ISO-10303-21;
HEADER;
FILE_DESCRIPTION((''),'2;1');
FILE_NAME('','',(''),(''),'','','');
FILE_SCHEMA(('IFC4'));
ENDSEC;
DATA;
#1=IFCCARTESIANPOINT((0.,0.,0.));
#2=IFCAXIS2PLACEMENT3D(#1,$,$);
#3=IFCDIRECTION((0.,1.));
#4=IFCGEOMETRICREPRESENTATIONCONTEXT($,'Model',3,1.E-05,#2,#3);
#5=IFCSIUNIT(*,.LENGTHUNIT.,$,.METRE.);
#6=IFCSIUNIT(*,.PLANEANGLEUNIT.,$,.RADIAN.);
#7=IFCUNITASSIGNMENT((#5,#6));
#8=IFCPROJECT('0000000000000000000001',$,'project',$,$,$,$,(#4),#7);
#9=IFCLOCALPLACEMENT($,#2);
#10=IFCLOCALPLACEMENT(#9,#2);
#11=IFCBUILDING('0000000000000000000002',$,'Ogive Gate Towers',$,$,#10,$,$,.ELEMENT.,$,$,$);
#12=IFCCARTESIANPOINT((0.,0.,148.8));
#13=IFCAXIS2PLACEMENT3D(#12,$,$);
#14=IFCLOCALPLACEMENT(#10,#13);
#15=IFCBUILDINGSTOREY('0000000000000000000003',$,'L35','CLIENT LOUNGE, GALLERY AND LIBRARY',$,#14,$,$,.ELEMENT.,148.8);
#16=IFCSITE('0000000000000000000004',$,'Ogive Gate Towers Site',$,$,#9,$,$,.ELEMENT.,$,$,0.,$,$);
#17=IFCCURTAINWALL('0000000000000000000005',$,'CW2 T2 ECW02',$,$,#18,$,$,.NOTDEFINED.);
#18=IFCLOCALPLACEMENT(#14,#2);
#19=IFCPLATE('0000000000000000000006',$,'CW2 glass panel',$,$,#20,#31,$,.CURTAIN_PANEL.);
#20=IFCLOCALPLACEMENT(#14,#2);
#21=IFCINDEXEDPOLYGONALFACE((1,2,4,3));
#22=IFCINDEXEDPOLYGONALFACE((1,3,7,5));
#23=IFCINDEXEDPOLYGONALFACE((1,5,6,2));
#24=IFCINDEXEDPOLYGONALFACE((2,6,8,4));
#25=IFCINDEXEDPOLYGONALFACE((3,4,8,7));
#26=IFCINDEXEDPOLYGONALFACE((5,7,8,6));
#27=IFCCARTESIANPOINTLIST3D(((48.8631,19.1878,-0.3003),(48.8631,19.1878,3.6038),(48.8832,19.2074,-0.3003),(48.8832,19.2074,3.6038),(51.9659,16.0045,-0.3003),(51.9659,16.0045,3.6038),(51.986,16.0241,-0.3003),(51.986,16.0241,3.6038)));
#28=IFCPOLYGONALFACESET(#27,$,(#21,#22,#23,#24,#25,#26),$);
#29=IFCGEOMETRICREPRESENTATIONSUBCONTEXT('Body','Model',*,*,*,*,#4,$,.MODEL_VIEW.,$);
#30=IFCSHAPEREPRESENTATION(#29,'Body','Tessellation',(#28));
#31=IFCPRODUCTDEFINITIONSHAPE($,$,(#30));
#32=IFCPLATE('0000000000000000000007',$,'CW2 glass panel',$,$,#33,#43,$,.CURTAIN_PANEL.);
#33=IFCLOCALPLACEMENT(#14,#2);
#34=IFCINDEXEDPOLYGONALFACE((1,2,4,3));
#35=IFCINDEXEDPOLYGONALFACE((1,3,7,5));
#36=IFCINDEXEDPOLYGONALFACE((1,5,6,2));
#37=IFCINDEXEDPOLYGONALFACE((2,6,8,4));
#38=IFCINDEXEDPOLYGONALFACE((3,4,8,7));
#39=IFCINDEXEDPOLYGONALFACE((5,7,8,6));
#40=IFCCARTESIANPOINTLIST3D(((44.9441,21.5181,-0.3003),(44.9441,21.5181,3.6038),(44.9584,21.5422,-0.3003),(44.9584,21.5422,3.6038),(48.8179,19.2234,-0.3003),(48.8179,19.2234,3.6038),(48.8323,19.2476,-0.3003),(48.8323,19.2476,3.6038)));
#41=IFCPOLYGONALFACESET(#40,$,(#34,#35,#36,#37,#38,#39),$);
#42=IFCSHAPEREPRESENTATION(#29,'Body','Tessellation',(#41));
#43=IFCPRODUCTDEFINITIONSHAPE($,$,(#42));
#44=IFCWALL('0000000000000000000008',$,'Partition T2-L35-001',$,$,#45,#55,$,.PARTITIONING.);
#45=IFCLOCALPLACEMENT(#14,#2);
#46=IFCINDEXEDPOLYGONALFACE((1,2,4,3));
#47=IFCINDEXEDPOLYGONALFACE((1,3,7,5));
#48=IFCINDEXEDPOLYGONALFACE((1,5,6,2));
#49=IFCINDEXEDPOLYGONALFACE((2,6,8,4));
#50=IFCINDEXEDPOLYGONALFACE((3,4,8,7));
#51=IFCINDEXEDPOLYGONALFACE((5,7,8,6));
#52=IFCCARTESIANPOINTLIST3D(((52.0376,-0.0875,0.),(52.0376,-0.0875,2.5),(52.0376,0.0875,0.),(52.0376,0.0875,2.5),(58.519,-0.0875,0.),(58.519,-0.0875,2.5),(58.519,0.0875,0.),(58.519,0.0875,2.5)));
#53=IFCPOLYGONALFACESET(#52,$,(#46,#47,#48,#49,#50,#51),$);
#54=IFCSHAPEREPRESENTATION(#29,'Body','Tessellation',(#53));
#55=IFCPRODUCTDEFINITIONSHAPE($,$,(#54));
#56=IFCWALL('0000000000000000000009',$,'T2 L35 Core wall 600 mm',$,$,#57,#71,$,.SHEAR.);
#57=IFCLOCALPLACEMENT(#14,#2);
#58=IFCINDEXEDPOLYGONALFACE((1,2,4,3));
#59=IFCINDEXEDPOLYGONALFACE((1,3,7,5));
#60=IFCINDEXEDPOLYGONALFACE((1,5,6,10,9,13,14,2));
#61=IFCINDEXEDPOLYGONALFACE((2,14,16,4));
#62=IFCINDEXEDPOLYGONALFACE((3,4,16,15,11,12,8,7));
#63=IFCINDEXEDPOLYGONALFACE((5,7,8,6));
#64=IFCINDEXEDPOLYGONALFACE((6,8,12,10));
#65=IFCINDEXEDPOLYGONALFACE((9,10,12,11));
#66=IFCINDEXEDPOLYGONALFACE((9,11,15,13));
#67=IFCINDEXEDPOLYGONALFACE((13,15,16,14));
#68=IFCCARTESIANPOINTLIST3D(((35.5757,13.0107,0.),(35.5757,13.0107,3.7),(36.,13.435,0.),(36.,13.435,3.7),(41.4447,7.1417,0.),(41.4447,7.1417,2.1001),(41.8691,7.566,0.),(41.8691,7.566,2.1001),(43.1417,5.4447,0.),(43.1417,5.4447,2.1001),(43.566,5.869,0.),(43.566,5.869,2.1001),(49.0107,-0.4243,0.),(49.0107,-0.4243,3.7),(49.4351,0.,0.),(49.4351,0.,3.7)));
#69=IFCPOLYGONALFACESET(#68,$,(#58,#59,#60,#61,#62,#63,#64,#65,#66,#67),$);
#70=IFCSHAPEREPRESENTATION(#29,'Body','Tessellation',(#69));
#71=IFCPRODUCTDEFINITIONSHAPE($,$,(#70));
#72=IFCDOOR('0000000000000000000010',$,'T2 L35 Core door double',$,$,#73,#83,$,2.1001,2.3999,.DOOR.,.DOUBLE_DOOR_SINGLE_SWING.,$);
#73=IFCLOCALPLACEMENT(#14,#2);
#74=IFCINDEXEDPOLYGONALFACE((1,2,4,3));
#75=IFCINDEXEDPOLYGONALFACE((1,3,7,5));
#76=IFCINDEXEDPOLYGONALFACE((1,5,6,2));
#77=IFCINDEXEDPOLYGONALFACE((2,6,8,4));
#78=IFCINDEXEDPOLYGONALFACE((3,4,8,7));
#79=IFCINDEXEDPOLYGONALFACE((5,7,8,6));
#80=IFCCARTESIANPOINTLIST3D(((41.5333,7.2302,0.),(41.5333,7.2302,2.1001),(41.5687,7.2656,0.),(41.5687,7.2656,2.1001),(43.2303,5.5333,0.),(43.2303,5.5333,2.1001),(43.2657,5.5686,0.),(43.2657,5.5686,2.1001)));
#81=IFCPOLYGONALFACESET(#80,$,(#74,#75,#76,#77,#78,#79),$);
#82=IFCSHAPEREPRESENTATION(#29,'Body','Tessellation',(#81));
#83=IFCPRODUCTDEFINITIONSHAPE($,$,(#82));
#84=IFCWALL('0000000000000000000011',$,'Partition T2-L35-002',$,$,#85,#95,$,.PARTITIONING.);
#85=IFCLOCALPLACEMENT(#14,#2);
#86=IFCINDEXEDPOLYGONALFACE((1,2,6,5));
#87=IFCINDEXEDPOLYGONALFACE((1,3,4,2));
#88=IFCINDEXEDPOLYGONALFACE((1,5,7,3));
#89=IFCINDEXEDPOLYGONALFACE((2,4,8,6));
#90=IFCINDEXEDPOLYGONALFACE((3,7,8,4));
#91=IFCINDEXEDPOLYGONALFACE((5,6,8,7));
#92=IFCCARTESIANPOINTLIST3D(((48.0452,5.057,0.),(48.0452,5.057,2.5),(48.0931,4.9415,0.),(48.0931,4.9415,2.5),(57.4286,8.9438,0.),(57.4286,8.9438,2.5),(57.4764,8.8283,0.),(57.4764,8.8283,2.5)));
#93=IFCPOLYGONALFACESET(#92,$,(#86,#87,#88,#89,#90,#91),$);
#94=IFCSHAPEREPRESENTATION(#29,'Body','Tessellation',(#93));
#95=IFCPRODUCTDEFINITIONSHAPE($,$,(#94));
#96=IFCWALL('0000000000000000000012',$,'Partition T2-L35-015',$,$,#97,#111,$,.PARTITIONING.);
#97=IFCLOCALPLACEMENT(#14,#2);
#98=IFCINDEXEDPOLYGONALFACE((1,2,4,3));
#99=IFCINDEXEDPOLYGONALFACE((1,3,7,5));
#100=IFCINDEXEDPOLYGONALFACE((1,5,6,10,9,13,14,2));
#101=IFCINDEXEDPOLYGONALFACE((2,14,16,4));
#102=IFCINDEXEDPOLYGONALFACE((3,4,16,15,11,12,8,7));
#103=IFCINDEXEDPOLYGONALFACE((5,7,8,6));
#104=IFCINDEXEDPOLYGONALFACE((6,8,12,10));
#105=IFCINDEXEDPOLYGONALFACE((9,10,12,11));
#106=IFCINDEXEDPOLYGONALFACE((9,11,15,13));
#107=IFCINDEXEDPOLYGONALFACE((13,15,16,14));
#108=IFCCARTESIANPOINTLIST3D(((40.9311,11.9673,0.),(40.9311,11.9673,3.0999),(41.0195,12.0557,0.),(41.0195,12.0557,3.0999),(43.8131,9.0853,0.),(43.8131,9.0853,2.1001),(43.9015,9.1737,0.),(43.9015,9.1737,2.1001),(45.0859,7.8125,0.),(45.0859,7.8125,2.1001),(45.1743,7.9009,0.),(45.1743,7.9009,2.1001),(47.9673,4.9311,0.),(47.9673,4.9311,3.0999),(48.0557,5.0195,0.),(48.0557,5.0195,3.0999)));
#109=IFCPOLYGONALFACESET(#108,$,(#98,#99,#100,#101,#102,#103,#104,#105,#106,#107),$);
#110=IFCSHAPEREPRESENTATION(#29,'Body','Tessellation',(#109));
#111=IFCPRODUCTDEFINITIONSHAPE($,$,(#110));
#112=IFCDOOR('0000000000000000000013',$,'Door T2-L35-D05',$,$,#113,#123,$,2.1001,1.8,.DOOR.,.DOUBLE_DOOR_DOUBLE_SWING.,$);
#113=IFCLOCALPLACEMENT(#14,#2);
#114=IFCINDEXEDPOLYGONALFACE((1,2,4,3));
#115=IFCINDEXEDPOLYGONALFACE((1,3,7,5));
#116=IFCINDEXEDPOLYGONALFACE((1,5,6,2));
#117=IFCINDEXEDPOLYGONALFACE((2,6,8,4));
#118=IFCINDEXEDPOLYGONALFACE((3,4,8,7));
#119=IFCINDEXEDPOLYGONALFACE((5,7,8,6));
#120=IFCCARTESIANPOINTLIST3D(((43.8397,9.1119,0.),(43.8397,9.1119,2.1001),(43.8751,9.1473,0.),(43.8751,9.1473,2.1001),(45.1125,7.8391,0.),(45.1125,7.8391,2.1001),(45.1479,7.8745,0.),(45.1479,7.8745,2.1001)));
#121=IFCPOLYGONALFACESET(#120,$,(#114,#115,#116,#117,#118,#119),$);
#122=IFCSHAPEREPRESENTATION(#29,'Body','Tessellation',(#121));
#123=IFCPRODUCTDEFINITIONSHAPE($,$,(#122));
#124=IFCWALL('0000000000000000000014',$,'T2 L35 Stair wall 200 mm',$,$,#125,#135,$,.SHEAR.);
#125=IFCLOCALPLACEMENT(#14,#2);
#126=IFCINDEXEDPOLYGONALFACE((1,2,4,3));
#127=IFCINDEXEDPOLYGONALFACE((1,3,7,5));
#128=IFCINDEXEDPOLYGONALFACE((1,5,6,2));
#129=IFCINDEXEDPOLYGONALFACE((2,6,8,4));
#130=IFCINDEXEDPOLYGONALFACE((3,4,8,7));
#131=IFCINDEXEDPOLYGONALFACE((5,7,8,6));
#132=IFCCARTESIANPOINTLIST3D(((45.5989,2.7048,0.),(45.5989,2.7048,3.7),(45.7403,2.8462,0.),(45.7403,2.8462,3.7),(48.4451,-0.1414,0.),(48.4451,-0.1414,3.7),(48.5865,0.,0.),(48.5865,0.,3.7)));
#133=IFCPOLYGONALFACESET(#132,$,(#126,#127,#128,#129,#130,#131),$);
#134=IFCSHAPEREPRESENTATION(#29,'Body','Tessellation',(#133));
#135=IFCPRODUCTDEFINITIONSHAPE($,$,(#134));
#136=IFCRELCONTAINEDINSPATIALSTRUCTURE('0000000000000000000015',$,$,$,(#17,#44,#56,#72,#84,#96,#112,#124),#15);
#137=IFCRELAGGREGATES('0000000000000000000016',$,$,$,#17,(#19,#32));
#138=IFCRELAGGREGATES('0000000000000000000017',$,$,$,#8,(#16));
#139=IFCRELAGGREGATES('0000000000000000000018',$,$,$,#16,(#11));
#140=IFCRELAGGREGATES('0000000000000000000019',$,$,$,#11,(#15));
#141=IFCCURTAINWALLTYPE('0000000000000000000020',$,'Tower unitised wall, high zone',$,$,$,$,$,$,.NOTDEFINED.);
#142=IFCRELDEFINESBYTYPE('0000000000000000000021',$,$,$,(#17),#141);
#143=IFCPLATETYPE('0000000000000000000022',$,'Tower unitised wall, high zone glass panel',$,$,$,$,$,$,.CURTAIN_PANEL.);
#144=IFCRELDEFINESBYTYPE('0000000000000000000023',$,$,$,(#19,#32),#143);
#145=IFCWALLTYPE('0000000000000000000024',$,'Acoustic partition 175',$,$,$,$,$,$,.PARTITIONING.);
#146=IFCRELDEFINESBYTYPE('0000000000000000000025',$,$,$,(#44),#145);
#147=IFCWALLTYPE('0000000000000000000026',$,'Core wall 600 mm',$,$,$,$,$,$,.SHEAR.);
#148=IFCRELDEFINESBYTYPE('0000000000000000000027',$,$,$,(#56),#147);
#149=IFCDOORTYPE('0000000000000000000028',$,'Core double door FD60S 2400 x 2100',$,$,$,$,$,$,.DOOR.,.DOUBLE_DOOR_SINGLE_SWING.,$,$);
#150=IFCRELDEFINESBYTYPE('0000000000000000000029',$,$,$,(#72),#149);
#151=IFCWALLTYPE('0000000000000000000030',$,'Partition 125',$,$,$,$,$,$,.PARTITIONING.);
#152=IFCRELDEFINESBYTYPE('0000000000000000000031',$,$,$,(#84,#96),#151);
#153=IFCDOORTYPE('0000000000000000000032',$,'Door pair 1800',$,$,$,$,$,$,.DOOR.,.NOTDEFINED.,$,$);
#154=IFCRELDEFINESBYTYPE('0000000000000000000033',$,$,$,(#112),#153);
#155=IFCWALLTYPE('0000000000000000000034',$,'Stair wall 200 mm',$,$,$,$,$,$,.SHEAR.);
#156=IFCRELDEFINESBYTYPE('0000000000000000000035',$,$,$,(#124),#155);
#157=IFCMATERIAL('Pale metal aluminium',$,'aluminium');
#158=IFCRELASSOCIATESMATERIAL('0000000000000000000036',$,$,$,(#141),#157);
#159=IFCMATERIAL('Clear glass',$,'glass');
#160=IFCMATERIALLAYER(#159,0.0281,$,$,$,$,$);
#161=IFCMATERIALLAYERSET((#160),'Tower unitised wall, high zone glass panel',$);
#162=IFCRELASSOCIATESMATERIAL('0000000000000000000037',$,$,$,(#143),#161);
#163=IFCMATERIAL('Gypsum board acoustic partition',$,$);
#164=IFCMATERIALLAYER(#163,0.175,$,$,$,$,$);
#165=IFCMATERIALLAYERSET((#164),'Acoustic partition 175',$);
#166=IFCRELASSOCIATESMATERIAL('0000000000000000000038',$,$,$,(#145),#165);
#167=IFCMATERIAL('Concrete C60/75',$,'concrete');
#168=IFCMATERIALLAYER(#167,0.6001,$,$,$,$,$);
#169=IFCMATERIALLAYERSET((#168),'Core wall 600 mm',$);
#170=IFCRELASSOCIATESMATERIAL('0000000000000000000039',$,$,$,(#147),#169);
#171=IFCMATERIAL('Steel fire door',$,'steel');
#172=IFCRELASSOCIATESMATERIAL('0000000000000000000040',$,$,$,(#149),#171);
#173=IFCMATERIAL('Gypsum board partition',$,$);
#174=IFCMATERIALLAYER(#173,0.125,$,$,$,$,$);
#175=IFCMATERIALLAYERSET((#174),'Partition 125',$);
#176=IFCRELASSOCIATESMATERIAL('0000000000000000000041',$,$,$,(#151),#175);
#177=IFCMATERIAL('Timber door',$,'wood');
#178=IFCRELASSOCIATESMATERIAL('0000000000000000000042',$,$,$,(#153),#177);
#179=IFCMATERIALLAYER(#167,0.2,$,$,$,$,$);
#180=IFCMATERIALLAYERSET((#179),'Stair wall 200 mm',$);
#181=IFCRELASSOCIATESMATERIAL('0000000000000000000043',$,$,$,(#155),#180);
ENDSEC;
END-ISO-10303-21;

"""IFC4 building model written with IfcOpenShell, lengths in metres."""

from ifc_helpers import new_model, si_unit, direction, frame, frame_2d, origin, origin_2d, place, context, subcontext, project, spatial, rectangle, extrude, material, layer, layer_set, type_object, element, fill, aggregate, save


model = new_model("IFC4")

# Units and contexts
model_context = context("Model", 3, precision=1e-05, world=origin(), true_north=direction((0.0, 1.0)))
body_context = subcontext(model_context, "Body", "Model", "MODEL_VIEW")
ifc_project = project(units=[si_unit("LENGTHUNIT", "METRE"), si_unit("PLANEANGLEUNIT", "RADIAN")], contexts=[model_context])

# Site, building, storey
site_placement = place(None, origin())
site = spatial("IfcSite", under=ifc_project, at=site_placement, Name="Ogive Gate Towers Site", CompositionType="ELEMENT", RefElevation=0.0)
building_placement = place(site_placement, origin())
building = spatial("IfcBuilding", under=site, at=building_placement, Name="Ogive Gate Towers", CompositionType="ELEMENT")
storey_placement = place(building_placement, frame((0.0, 0.0, 148.8)))
storey = spatial("IfcBuildingStorey", under=building, at=storey_placement, Name="L35", Description="CLIENT LOUNGE, GALLERY AND LIBRARY", CompositionType="ELEMENT", Elevation=148.8)

# Shared definitions
ifc_material_1 = material(Name="Pale metal aluminium", Category="aluminium")
curtain_wall_type = type_object("IfcCurtainWallType", Name="Tower unitised wall, high zone", PredefinedType="NOTDEFINED", material=ifc_material_1)

# Curtain wall
curtain_wall_1_placement = place(storey_placement, origin())
curtain_wall_1 = element("IfcCurtainWall", 1, at=curtain_wall_1_placement, inside=storey, type_object=curtain_wall_type, Name="CW2 T2 ECW02", PredefinedType="NOTDEFINED")

# Plates
ifc_material_2 = material(Name="Clear glass", Category="glass")
ifc_layer_1 = layer(ifc_material_2, 0.0281)
ifc_layer_set_1 = layer_set([ifc_layer_1], Name="Tower unitised wall, high zone glass panel")
plate_type = type_object("IfcPlateType", Name="Tower unitised wall, high zone glass panel", PredefinedType="CURTAIN_PANEL", material=ifc_layer_set_1)
plate_1_placement = place(storey_placement, frame((50.4246, 17.606, -0.3003), z_axis=(0.0, 0.0, 1.0), x_axis=(-0.697978, 0.716119, 0.0)))
plate_1 = element("IfcPlate", 2, at=plate_1_placement, type_object=plate_type, Name="CW2 glass panel", PredefinedType="CURTAIN_PANEL", context=body_context, shape_type="SweptSolid", body=[
    extrude(rectangle(XDim=4.4453, YDim=0.0281, at=origin_2d()), origin(), (0.0, 0.0, 1.0), 3.9041),
])
plate_2_placement = place(storey_placement, frame((46.8882, 20.3828, -0.3003), z_axis=(0.0, 0.0, 1.0), x_axis=(-0.860386, 0.509642, 0.0)))
plate_2 = element("IfcPlate", 3, at=plate_2_placement, type_object=plate_type, Name="CW2 glass panel", PredefinedType="CURTAIN_PANEL", context=body_context, shape_type="SweptSolid", body=[
    extrude(rectangle(XDim=4.5024, YDim=0.0281, at=origin_2d()), origin(), (0.0, 0.0, 1.0), 3.9041),
])
aggregate(curtain_wall_1, [plate_1, plate_2])

# Wall
ifc_material_3 = material(Name="Gypsum board acoustic partition")
ifc_layer_2 = layer(ifc_material_3, 0.175)
ifc_layer_set_2 = layer_set([ifc_layer_2], Name="Acoustic partition 175")
wall_type_1 = type_object("IfcWallType", Name="Acoustic partition 175", PredefinedType="PARTITIONING", material=ifc_layer_set_2)
wall_1_placement = place(storey_placement, frame((58.519, 0.0, 0.0), z_axis=(0.0, 0.0, 1.0), x_axis=(-1.0, 0.0, 0.0)))
element("IfcWall", 4, at=wall_1_placement, inside=storey, type_object=wall_type_1, Name="Partition T2-L35-001", PredefinedType="PARTITIONING", context=body_context, shape_type="SweptSolid", body=[
    extrude(rectangle(XDim=6.4814, YDim=0.175, at=frame_2d((3.2407, 0.0))), origin(), (0.0, 0.0, 1.0), 2.5),
])

# Wall, opening, door
ifc_material_4 = material(Name="Concrete C60/75", Category="concrete")
ifc_layer_3 = layer(ifc_material_4, 0.6001)
ifc_layer_set_3 = layer_set([ifc_layer_3], Name="Core wall 600 mm")
wall_type_2 = type_object("IfcWallType", Name="Core wall 600 mm", PredefinedType="SHEAR", material=ifc_layer_set_3)
wall_2_placement = place(storey_placement, frame((49.2229, -0.2122, 0.0), z_axis=(0.0, 0.0, 1.0), x_axis=(-0.707107, 0.707107, 0.0)))
wall_2 = element("IfcWall", 5, at=wall_2_placement, inside=storey, type_object=wall_type_2, Name="T2 L35 Core wall 600 mm", PredefinedType="SHEAR", context=body_context, shape_type="SweptSolid", body=[
    extrude(rectangle(XDim=19.0, YDim=0.6001, at=frame_2d((9.5, 0.0))), origin(), (0.0, 0.0, 1.0), 3.7),
])
opening_1_placement = place(wall_2_placement, frame((8.3, 0.0, 0.0)))
opening_1 = element("IfcOpeningElement", 6, at=opening_1_placement, cuts=wall_2, PredefinedType="OPENING", context=body_context, shape_type="SweptSolid", body=[
    extrude(rectangle(XDim=2.3999, YDim=2.1001, at=frame_2d((1.2, 1.05))), frame((0.0, 0.3101, 0.0), z_axis=(0.0, -1.0, 0.0), x_axis=(1.0, 0.0, 0.0)), (0.0, 0.0, 1.0), 0.6201),
])
ifc_material_5 = material(Name="Steel fire door", Category="steel")
door_type_1 = type_object("IfcDoorType", Name="Core double door FD60S 2400 x 2100", OperationType="DOUBLE_DOOR_SINGLE_SWING", PredefinedType="DOOR", material=ifc_material_5)
door_1_placement = place(opening_1_placement, origin())
door_1 = element("IfcDoor", 7, at=door_1_placement, inside=storey, type_object=door_type_1, Name="T2 L35 Core door double", OperationType="DOUBLE_DOOR_SINGLE_SWING", OverallHeight=2.1001, OverallWidth=2.3999, PredefinedType="DOOR", context=body_context, shape_type="SweptSolid", body=[
    extrude(rectangle(XDim=2.3999, YDim=2.1001, at=frame_2d((1.2, 1.05))), frame((0.0, 0.1748, 0.0), z_axis=(0.0, -1.0, 0.0), x_axis=(1.0, 0.0, 0.0)), (0.0, 0.0, 1.0), 0.05),
])
fill(opening_1, door_1)

# Wall
ifc_material_6 = material(Name="Gypsum board partition")
ifc_layer_4 = layer(ifc_material_6, 0.125)
ifc_layer_set_4 = layer_set([ifc_layer_4], Name="Partition 125")
wall_type_3 = type_object("IfcWallType", Name="Partition 125", PredefinedType="PARTITIONING", material=ifc_layer_set_4)
wall_3_placement = place(storey_placement, frame((57.4524, 8.886, 0.0), z_axis=(0.0, 0.0, 1.0), x_axis=(-0.923879, -0.382686, 0.0)))
element("IfcWall", 8, at=wall_3_placement, inside=storey, type_object=wall_type_3, Name="Partition T2-L35-002", PredefinedType="PARTITIONING", context=body_context, shape_type="SweptSolid", body=[
    extrude(rectangle(XDim=10.1565, YDim=0.125, at=frame_2d((5.0781, 0.0))), origin(), (0.0, 0.0, 1.0), 2.5),
])

# Wall, opening, door
wall_4_placement = place(storey_placement, frame((48.0115, 4.9753, 0.0), z_axis=(0.0, 0.0, 1.0), x_axis=(-0.707107, 0.707107, 0.0)))
wall_4 = element("IfcWall", 9, at=wall_4_placement, inside=storey, type_object=wall_type_3, Name="Partition T2-L35-015", PredefinedType="PARTITIONING", context=body_context, shape_type="SweptSolid", body=[
    extrude(rectangle(XDim=9.9507, YDim=0.125, at=frame_2d((4.9753, 0.0))), origin(), (0.0, 0.0, 1.0), 3.0999),
])
opening_2_placement = place(wall_4_placement, frame((4.075, 0.0, 0.0)))
opening_2 = element("IfcOpeningElement", 10, at=opening_2_placement, cuts=wall_4, PredefinedType="OPENING", context=body_context, shape_type="SweptSolid", body=[
    extrude(rectangle(XDim=1.8, YDim=2.1001, at=frame_2d((0.8999, 1.05))), frame((0.0, 0.0725, 0.0), z_axis=(0.0, -1.0, 0.0), x_axis=(1.0, 0.0, 0.0)), (0.0, 0.0, 1.0), 0.145),
])
ifc_material_7 = material(Name="Timber door", Category="wood")
door_type_2 = type_object("IfcDoorType", Name="Door pair 1800", OperationType="NOTDEFINED", PredefinedType="DOOR", material=ifc_material_7)
door_2_placement = place(opening_2_placement, origin())
door_2 = element("IfcDoor", 11, at=door_2_placement, inside=storey, type_object=door_type_2, Name="Door T2-L35-D05", OperationType="DOUBLE_DOOR_DOUBLE_SWING", OverallHeight=2.1001, OverallWidth=1.8, PredefinedType="DOOR", context=body_context, shape_type="SweptSolid", body=[
    extrude(rectangle(XDim=1.8, YDim=2.1001, at=frame_2d((0.8999, 1.05))), frame((0.0, 0.0249, 0.0), z_axis=(0.0, -1.0, 0.0), x_axis=(1.0, 0.0, 0.0)), (0.0, 0.0, 1.0), 0.05),
])
fill(opening_2, door_2)

# Wall
ifc_layer_5 = layer(ifc_material_4, 0.2)
ifc_layer_set_5 = layer_set([ifc_layer_5], Name="Stair wall 200 mm")
wall_type_4 = type_object("IfcWallType", Name="Stair wall 200 mm", PredefinedType="SHEAR", material=ifc_layer_set_5)
wall_5_placement = place(storey_placement, frame((48.5159, -0.0708, 0.0), z_axis=(0.0, 0.0, 1.0), x_axis=(-0.707107, 0.707107, 0.0)))
element("IfcWall", 12, at=wall_5_placement, inside=storey, type_object=wall_type_4, Name="T2 L35 Stair wall 200 mm", PredefinedType="SHEAR", context=body_context, shape_type="SweptSolid", body=[
    extrude(rectangle(XDim=4.0251, YDim=0.2, at=frame_2d((2.0127, 0.0))), origin(), (0.0, 0.0, 1.0), 3.7),
])

save(model, "model.ifc")
